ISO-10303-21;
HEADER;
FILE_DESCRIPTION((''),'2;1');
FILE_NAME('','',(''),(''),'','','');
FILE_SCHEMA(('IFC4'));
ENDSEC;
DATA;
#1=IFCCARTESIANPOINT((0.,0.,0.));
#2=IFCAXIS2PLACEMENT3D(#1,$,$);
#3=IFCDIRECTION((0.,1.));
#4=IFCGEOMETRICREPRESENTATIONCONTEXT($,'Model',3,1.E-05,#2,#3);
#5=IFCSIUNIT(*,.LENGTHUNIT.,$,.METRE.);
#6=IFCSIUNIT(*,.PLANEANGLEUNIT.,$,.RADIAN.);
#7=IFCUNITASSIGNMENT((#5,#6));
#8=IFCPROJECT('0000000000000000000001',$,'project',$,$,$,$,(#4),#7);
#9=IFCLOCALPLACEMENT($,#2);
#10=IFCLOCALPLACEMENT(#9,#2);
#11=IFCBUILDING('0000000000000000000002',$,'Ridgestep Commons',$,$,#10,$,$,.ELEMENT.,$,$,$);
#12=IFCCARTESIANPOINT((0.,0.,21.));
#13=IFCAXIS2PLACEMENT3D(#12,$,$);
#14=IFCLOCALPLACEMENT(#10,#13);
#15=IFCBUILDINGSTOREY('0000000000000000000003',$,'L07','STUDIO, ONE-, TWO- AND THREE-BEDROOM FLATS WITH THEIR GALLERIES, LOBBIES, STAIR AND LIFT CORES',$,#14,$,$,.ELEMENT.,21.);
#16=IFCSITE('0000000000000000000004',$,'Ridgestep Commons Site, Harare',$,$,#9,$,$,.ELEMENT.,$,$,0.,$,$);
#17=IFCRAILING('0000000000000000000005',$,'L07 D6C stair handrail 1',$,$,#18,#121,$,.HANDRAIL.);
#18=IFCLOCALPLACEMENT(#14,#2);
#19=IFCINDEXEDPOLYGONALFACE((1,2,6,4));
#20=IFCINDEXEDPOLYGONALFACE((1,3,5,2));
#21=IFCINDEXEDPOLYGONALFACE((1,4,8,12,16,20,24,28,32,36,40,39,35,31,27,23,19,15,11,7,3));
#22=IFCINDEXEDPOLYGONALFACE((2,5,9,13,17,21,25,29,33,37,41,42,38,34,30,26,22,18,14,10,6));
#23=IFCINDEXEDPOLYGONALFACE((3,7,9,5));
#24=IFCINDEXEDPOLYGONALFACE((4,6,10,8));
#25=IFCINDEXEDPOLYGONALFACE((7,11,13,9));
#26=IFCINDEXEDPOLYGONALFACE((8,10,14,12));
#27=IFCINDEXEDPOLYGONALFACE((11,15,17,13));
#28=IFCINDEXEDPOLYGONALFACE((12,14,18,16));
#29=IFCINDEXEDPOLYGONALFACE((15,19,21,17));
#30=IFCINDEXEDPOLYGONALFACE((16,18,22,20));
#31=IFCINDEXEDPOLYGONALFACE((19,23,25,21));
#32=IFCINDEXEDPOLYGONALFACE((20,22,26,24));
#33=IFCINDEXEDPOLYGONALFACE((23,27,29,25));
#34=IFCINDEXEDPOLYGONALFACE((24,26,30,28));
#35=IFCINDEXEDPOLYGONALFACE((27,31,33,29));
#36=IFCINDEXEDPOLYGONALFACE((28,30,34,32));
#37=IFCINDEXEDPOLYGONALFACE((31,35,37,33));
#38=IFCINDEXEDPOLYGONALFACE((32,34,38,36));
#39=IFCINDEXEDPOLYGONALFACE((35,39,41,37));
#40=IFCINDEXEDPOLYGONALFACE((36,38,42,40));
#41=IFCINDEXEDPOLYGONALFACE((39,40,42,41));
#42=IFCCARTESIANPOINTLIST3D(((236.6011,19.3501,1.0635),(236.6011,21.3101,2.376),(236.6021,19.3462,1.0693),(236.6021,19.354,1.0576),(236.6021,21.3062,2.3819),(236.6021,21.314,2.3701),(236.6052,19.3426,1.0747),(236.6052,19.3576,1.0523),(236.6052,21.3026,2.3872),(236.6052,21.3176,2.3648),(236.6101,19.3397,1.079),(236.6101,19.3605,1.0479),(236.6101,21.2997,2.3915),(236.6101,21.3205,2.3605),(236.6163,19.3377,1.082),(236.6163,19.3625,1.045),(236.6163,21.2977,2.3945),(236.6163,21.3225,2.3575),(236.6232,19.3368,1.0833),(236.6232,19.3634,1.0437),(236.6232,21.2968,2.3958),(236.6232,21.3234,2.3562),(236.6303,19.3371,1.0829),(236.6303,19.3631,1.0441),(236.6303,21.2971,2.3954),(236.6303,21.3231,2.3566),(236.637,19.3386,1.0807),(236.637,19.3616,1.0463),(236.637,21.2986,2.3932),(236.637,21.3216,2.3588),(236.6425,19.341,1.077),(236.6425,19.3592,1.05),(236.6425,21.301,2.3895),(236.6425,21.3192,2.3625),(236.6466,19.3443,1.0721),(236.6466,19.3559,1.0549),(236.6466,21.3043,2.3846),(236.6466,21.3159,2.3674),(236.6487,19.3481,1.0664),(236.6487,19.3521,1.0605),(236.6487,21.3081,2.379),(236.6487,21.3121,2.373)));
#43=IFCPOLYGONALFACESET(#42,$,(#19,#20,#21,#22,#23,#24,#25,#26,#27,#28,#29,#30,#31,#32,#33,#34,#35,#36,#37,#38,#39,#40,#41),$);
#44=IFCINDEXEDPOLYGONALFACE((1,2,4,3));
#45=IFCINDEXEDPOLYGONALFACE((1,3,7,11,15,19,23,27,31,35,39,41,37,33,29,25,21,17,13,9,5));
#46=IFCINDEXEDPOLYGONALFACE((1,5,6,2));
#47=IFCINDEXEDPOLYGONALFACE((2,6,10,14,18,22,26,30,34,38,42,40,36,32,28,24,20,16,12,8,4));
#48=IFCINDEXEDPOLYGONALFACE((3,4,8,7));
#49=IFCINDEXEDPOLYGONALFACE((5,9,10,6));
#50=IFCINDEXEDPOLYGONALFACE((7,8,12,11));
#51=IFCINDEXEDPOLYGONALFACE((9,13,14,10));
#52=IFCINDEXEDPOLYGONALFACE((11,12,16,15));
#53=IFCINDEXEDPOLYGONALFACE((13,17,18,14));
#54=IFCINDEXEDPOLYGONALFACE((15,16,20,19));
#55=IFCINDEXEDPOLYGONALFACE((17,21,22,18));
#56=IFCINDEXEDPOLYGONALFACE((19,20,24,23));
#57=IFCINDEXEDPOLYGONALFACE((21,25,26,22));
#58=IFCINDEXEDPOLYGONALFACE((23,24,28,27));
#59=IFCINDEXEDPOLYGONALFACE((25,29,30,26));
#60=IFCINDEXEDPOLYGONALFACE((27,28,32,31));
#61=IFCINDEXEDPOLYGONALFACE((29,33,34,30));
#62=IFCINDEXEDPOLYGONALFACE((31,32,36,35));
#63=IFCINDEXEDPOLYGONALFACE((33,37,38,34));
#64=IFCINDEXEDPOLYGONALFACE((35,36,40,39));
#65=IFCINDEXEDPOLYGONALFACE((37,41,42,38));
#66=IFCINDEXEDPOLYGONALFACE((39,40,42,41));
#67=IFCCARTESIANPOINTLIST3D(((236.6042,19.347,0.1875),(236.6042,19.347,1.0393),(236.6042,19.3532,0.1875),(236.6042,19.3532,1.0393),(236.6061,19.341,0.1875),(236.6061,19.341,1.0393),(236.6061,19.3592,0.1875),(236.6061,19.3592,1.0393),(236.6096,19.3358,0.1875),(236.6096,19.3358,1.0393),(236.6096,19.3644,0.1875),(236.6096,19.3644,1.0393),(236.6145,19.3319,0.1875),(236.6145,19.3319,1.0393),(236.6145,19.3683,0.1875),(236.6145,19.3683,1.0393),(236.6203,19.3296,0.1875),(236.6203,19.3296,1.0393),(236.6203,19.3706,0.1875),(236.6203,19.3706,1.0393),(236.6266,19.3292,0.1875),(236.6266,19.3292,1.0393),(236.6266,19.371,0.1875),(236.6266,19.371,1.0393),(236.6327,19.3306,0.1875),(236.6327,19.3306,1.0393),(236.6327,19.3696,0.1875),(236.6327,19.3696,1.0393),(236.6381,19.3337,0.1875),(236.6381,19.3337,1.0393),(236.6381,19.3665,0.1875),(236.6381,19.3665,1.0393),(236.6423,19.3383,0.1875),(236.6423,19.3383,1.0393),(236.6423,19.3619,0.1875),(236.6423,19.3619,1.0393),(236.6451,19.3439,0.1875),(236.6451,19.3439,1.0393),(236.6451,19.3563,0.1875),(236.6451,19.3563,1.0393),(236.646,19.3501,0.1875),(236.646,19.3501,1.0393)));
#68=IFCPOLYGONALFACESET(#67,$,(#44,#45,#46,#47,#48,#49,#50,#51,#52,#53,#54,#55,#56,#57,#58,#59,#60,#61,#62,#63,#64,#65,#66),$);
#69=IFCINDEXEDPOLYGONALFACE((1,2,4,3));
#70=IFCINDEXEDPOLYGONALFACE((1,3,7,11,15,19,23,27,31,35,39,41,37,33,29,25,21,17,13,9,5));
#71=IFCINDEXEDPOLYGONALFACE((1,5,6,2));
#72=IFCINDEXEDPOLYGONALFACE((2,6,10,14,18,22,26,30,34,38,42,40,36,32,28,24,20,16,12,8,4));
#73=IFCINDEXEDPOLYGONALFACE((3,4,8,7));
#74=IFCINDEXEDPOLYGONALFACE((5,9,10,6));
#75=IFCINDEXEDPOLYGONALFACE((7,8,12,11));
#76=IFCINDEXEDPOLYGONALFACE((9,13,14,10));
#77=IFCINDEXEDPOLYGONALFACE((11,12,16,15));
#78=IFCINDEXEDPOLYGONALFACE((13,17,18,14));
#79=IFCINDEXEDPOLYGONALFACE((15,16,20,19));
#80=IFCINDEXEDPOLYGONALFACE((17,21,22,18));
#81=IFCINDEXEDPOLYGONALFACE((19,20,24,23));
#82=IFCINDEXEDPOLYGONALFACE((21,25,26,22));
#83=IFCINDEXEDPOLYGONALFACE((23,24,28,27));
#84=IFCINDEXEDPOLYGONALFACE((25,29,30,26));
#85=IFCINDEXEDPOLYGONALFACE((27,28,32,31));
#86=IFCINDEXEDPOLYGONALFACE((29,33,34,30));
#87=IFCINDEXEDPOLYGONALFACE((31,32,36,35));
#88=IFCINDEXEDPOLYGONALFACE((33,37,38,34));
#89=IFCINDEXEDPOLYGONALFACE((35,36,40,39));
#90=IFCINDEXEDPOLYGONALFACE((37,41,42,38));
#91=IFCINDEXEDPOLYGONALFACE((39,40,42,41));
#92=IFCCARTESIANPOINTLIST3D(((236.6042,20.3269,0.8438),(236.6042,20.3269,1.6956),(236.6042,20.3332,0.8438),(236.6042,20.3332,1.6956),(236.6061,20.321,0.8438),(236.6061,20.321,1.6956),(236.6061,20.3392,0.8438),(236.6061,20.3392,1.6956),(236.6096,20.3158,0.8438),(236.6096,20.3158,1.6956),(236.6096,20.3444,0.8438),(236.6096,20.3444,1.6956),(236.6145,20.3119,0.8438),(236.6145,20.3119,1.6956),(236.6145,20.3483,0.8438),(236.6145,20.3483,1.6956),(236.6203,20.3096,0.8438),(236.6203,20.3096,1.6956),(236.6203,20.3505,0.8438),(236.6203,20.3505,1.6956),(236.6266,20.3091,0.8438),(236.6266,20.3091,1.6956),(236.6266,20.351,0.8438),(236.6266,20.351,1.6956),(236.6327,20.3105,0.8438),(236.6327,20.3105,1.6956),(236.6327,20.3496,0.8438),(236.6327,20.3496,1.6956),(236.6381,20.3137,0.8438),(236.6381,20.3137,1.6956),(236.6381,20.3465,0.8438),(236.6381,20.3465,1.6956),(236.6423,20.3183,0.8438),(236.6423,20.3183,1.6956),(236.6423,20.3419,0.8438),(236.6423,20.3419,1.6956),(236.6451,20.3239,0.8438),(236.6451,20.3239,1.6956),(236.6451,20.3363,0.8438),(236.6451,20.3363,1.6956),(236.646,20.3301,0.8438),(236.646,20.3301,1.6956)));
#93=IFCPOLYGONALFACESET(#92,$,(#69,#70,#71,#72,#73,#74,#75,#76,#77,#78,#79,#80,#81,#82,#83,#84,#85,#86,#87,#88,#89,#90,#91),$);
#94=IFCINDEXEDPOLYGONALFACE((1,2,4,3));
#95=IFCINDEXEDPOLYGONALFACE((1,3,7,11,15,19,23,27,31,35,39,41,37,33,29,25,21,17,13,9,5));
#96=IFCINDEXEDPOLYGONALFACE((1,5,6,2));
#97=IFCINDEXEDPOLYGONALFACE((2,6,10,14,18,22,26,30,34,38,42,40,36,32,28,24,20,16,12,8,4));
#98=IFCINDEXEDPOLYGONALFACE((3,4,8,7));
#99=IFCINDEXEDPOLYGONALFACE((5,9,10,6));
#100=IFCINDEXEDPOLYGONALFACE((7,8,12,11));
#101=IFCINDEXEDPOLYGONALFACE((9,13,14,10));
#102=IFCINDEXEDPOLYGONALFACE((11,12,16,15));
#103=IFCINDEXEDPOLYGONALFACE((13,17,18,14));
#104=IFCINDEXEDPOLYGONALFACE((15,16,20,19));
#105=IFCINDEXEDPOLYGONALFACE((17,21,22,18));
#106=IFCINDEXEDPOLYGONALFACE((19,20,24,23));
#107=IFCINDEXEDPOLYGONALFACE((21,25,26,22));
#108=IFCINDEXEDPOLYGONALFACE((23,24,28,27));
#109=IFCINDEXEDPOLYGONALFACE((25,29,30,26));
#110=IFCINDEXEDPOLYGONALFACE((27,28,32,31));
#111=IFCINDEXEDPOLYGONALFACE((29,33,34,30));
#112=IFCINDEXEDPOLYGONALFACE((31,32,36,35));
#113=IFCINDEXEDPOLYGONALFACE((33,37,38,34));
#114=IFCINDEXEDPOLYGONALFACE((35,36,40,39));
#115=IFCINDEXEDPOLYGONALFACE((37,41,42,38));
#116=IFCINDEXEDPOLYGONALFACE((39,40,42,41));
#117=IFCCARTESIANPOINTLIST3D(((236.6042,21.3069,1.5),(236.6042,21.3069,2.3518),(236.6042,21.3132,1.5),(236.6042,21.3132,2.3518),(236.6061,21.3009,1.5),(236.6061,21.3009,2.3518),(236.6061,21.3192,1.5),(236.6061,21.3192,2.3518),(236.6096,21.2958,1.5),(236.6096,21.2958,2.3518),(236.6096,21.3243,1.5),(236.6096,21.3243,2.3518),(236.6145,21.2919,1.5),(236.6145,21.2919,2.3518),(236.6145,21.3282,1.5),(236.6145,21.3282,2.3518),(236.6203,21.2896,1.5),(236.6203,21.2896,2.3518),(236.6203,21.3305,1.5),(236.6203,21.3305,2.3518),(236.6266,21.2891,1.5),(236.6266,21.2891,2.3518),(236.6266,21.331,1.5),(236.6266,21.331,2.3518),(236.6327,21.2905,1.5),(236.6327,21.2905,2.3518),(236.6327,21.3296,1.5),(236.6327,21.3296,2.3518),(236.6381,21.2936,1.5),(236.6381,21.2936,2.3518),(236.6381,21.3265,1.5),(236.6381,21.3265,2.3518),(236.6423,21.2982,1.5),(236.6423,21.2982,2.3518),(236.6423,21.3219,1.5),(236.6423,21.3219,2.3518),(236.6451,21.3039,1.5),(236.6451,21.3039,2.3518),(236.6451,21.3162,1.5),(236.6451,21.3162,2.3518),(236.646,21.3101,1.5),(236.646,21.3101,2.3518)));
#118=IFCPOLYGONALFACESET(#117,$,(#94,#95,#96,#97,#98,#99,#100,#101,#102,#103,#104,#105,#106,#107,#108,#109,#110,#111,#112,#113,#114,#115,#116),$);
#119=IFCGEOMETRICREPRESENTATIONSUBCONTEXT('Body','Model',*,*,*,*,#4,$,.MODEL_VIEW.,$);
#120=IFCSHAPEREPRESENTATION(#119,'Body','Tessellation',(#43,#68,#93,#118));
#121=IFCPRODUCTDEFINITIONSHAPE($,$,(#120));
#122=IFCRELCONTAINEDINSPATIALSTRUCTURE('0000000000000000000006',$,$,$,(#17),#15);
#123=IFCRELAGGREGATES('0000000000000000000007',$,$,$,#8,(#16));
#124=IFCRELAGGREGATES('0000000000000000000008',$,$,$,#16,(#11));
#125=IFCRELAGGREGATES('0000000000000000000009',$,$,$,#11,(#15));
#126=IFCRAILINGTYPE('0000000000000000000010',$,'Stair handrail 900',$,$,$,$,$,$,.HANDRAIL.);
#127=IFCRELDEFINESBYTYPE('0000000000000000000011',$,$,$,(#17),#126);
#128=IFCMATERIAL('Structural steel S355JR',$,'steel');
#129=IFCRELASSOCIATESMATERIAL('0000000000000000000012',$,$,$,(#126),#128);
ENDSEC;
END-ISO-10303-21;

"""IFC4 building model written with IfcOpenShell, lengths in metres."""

from ifc_helpers import new_model, si_unit, direction, frame, origin, origin_2d, place, context, subcontext, project, spatial, circle, extrude, material, type_object, element, save


model = new_model("IFC4")

# Units and contexts
model_context = context("Model", 3, precision=1e-05, world=origin(), true_north=direction((0.0, 1.0)))
body_context = subcontext(model_context, "Body", "Model", "MODEL_VIEW")
ifc_project = project(units=[si_unit("LENGTHUNIT", "METRE"), si_unit("PLANEANGLEUNIT", "RADIAN")], contexts=[model_context])

# Site, building, storey
site_placement = place(None, origin())
site = spatial("IfcSite", under=ifc_project, at=site_placement, Name="Ridgestep Commons Site, Harare", CompositionType="ELEMENT", RefElevation=0.0)
building_placement = place(site_placement, origin())
building = spatial("IfcBuilding", under=site, at=building_placement, Name="Ridgestep Commons", CompositionType="ELEMENT")
storey_placement = place(building_placement, frame((0.0, 0.0, 21.0)))
storey = spatial("IfcBuildingStorey", under=building, at=storey_placement, Name="L07", Description="STUDIO, ONE-, TWO- AND THREE-BEDROOM FLATS WITH THEIR GALLERIES, LOBBIES, STAIR AND LIFT CORES", CompositionType="ELEMENT", Elevation=21.0)

# Railing
ifc_material_1 = material(Name="Structural steel S355JR", Category="steel")
railing_type_1 = type_object("IfcRailingType", Name="Stair handrail 900", PredefinedType="HANDRAIL", material=ifc_material_1)
railing_1_placement = place(storey_placement, frame((236.625, 19.3501, 0.1875)))
element("IfcRailing", 1, at=railing_1_placement, inside=storey, type_object=railing_type_1, Name="L07 D6C stair handrail 1", PredefinedType="HANDRAIL", context=body_context, shape_type="SweptSolid", body=[
    extrude(circle(Radius=0.0239, at=origin_2d()), frame((0.0, 0.0, 0.876), z_axis=(0.0, 0.830902, 0.556419), x_axis=(-1.0, 0.0, 0.0)), (0.0, 0.0, 1.0), 2.3589),
    extrude(circle(Radius=0.021, at=origin_2d()), origin(), (0.0, 0.0, 1.0), 0.8518),
    extrude(circle(Radius=0.021, at=origin_2d()), frame((0.0, 0.98, 0.6562)), (0.0, 0.0, 1.0), 0.8518),
    extrude(circle(Radius=0.021, at=origin_2d()), frame((0.0, 1.96, 1.3125)), (0.0, 0.0, 1.0), 0.8518),
])

save(model, "model.ifc")
